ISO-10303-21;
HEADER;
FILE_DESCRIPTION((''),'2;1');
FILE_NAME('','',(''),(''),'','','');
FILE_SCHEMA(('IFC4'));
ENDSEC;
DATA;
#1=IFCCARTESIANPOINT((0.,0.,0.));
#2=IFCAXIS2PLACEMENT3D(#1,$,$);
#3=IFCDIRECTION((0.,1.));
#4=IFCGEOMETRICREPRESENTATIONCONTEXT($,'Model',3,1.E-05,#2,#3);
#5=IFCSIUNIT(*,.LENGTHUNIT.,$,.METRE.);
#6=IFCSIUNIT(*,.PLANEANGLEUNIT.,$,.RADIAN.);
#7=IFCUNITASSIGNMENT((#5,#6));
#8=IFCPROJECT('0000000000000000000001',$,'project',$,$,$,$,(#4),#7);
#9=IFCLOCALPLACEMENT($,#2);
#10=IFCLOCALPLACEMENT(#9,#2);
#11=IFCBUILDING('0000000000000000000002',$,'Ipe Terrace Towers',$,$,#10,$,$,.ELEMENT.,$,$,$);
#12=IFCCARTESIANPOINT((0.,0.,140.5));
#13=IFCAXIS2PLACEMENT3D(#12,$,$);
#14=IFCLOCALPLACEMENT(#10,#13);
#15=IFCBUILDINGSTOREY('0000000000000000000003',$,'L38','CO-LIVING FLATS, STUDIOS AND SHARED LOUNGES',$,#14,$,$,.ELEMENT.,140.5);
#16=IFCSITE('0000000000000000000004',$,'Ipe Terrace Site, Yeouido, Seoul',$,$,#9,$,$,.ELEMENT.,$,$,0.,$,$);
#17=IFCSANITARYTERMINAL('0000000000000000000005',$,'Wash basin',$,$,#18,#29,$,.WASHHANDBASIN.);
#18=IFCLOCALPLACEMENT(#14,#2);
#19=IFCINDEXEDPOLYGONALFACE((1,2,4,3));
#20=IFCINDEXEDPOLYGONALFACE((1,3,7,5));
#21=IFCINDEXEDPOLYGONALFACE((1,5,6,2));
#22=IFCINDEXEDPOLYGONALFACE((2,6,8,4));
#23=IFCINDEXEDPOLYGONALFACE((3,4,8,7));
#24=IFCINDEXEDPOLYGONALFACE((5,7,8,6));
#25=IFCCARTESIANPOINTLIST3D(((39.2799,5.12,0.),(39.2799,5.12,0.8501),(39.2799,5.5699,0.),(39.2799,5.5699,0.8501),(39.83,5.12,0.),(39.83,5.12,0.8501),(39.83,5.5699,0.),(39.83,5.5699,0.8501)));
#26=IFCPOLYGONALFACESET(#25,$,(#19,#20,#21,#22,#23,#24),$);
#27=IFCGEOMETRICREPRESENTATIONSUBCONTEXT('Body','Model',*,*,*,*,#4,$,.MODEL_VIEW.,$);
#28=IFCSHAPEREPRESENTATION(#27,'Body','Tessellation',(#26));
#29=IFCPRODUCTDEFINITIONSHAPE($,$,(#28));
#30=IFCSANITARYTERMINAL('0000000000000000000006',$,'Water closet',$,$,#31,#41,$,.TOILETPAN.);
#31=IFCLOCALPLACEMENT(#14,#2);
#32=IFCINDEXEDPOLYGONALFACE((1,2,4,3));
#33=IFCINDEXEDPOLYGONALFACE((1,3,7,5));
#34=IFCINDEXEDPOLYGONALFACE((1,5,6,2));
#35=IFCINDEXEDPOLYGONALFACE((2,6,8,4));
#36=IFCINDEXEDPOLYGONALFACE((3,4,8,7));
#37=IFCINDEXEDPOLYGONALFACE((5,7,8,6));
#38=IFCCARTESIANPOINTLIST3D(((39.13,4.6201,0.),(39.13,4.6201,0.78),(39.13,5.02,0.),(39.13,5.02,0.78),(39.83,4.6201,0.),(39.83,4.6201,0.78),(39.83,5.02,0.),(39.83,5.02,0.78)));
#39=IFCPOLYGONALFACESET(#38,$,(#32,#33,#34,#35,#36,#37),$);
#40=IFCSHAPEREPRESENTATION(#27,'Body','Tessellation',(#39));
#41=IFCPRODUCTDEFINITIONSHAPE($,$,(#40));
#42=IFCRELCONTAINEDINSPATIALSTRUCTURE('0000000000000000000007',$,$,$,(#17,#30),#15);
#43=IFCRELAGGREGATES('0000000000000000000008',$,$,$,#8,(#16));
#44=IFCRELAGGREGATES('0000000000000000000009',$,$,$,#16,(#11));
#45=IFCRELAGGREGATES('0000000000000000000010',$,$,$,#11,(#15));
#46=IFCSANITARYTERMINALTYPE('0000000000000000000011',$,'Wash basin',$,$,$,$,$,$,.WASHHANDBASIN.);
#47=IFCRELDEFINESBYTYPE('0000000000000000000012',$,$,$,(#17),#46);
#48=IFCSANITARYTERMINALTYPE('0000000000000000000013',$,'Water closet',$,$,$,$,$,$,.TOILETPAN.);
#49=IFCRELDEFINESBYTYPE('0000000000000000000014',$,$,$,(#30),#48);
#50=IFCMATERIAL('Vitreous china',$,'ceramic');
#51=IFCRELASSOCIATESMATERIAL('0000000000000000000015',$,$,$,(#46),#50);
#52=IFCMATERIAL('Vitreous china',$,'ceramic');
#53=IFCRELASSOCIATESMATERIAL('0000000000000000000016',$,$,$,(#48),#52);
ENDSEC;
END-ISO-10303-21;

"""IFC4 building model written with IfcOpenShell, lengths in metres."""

from ifc_helpers import new_model, si_unit, direction, frame, origin, origin_2d, place, context, subcontext, project, spatial, rectangle, extrude, material, type_object, element, save


model = new_model("IFC4")

# Units and contexts
model_context = context("Model", 3, precision=1e-05, world=origin(), true_north=direction((0.0, 1.0)))
body_context = subcontext(model_context, "Body", "Model", "MODEL_VIEW")
ifc_project = project(units=[si_unit("LENGTHUNIT", "METRE"), si_unit("PLANEANGLEUNIT", "RADIAN")], contexts=[model_context])

# Site, building, storey
site_placement = place(None, origin())
site = spatial("IfcSite", under=ifc_project, at=site_placement, Name="Ipe Terrace Site, Yeouido, Seoul", CompositionType="ELEMENT", RefElevation=0.0)
building_placement = place(site_placement, origin())
building = spatial("IfcBuilding", under=site, at=building_placement, Name="Ipe Terrace Towers", CompositionType="ELEMENT")
storey_placement = place(building_placement, frame((0.0, 0.0, 140.5)))
storey = spatial("IfcBuildingStorey", under=building, at=storey_placement, Name="L38", Description="CO-LIVING FLATS, STUDIOS AND SHARED LOUNGES", CompositionType="ELEMENT", Elevation=140.5)

# Sanitary terminals
ifc_material_1 = material(Name="Vitreous china", Category="ceramic")
sanitary_terminal_type_1 = type_object("IfcSanitaryTerminalType", Name="Wash basin", PredefinedType="WASHHANDBASIN", material=ifc_material_1)
sanitary_terminal_1_placement = place(storey_placement, frame((39.5549, 5.345, 0.0), z_axis=(0.0, 0.0, 1.0), x_axis=(-1.0, 0.0, 0.0)))
element("IfcSanitaryTerminal", 1, at=sanitary_terminal_1_placement, inside=storey, type_object=sanitary_terminal_type_1, Name="Wash basin", PredefinedType="WASHHANDBASIN", context=body_context, shape_type="SweptSolid", body=[
    extrude(rectangle(XDim=0.55, YDim=0.45, at=origin_2d()), origin(), (0.0, 0.0, 1.0), 0.8501),
])
ifc_material_2 = material(Name="Vitreous china", Category="ceramic")
sanitary_terminal_type_2 = type_object("IfcSanitaryTerminalType", Name="Water closet", PredefinedType="TOILETPAN", material=ifc_material_2)
sanitary_terminal_2_placement = place(storey_placement, frame((39.48, 4.8201, 0.0), z_axis=(0.0, 0.0, 1.0), x_axis=(-1.0, 0.0, 0.0)))
element("IfcSanitaryTerminal", 2, at=sanitary_terminal_2_placement, inside=storey, type_object=sanitary_terminal_type_2, Name="Water closet", PredefinedType="TOILETPAN", context=body_context, shape_type="SweptSolid", body=[
    extrude(rectangle(XDim=0.7, YDim=0.3999, at=origin_2d()), origin(), (0.0, 0.0, 1.0), 0.78),
])

save(model, "model.ifc")
